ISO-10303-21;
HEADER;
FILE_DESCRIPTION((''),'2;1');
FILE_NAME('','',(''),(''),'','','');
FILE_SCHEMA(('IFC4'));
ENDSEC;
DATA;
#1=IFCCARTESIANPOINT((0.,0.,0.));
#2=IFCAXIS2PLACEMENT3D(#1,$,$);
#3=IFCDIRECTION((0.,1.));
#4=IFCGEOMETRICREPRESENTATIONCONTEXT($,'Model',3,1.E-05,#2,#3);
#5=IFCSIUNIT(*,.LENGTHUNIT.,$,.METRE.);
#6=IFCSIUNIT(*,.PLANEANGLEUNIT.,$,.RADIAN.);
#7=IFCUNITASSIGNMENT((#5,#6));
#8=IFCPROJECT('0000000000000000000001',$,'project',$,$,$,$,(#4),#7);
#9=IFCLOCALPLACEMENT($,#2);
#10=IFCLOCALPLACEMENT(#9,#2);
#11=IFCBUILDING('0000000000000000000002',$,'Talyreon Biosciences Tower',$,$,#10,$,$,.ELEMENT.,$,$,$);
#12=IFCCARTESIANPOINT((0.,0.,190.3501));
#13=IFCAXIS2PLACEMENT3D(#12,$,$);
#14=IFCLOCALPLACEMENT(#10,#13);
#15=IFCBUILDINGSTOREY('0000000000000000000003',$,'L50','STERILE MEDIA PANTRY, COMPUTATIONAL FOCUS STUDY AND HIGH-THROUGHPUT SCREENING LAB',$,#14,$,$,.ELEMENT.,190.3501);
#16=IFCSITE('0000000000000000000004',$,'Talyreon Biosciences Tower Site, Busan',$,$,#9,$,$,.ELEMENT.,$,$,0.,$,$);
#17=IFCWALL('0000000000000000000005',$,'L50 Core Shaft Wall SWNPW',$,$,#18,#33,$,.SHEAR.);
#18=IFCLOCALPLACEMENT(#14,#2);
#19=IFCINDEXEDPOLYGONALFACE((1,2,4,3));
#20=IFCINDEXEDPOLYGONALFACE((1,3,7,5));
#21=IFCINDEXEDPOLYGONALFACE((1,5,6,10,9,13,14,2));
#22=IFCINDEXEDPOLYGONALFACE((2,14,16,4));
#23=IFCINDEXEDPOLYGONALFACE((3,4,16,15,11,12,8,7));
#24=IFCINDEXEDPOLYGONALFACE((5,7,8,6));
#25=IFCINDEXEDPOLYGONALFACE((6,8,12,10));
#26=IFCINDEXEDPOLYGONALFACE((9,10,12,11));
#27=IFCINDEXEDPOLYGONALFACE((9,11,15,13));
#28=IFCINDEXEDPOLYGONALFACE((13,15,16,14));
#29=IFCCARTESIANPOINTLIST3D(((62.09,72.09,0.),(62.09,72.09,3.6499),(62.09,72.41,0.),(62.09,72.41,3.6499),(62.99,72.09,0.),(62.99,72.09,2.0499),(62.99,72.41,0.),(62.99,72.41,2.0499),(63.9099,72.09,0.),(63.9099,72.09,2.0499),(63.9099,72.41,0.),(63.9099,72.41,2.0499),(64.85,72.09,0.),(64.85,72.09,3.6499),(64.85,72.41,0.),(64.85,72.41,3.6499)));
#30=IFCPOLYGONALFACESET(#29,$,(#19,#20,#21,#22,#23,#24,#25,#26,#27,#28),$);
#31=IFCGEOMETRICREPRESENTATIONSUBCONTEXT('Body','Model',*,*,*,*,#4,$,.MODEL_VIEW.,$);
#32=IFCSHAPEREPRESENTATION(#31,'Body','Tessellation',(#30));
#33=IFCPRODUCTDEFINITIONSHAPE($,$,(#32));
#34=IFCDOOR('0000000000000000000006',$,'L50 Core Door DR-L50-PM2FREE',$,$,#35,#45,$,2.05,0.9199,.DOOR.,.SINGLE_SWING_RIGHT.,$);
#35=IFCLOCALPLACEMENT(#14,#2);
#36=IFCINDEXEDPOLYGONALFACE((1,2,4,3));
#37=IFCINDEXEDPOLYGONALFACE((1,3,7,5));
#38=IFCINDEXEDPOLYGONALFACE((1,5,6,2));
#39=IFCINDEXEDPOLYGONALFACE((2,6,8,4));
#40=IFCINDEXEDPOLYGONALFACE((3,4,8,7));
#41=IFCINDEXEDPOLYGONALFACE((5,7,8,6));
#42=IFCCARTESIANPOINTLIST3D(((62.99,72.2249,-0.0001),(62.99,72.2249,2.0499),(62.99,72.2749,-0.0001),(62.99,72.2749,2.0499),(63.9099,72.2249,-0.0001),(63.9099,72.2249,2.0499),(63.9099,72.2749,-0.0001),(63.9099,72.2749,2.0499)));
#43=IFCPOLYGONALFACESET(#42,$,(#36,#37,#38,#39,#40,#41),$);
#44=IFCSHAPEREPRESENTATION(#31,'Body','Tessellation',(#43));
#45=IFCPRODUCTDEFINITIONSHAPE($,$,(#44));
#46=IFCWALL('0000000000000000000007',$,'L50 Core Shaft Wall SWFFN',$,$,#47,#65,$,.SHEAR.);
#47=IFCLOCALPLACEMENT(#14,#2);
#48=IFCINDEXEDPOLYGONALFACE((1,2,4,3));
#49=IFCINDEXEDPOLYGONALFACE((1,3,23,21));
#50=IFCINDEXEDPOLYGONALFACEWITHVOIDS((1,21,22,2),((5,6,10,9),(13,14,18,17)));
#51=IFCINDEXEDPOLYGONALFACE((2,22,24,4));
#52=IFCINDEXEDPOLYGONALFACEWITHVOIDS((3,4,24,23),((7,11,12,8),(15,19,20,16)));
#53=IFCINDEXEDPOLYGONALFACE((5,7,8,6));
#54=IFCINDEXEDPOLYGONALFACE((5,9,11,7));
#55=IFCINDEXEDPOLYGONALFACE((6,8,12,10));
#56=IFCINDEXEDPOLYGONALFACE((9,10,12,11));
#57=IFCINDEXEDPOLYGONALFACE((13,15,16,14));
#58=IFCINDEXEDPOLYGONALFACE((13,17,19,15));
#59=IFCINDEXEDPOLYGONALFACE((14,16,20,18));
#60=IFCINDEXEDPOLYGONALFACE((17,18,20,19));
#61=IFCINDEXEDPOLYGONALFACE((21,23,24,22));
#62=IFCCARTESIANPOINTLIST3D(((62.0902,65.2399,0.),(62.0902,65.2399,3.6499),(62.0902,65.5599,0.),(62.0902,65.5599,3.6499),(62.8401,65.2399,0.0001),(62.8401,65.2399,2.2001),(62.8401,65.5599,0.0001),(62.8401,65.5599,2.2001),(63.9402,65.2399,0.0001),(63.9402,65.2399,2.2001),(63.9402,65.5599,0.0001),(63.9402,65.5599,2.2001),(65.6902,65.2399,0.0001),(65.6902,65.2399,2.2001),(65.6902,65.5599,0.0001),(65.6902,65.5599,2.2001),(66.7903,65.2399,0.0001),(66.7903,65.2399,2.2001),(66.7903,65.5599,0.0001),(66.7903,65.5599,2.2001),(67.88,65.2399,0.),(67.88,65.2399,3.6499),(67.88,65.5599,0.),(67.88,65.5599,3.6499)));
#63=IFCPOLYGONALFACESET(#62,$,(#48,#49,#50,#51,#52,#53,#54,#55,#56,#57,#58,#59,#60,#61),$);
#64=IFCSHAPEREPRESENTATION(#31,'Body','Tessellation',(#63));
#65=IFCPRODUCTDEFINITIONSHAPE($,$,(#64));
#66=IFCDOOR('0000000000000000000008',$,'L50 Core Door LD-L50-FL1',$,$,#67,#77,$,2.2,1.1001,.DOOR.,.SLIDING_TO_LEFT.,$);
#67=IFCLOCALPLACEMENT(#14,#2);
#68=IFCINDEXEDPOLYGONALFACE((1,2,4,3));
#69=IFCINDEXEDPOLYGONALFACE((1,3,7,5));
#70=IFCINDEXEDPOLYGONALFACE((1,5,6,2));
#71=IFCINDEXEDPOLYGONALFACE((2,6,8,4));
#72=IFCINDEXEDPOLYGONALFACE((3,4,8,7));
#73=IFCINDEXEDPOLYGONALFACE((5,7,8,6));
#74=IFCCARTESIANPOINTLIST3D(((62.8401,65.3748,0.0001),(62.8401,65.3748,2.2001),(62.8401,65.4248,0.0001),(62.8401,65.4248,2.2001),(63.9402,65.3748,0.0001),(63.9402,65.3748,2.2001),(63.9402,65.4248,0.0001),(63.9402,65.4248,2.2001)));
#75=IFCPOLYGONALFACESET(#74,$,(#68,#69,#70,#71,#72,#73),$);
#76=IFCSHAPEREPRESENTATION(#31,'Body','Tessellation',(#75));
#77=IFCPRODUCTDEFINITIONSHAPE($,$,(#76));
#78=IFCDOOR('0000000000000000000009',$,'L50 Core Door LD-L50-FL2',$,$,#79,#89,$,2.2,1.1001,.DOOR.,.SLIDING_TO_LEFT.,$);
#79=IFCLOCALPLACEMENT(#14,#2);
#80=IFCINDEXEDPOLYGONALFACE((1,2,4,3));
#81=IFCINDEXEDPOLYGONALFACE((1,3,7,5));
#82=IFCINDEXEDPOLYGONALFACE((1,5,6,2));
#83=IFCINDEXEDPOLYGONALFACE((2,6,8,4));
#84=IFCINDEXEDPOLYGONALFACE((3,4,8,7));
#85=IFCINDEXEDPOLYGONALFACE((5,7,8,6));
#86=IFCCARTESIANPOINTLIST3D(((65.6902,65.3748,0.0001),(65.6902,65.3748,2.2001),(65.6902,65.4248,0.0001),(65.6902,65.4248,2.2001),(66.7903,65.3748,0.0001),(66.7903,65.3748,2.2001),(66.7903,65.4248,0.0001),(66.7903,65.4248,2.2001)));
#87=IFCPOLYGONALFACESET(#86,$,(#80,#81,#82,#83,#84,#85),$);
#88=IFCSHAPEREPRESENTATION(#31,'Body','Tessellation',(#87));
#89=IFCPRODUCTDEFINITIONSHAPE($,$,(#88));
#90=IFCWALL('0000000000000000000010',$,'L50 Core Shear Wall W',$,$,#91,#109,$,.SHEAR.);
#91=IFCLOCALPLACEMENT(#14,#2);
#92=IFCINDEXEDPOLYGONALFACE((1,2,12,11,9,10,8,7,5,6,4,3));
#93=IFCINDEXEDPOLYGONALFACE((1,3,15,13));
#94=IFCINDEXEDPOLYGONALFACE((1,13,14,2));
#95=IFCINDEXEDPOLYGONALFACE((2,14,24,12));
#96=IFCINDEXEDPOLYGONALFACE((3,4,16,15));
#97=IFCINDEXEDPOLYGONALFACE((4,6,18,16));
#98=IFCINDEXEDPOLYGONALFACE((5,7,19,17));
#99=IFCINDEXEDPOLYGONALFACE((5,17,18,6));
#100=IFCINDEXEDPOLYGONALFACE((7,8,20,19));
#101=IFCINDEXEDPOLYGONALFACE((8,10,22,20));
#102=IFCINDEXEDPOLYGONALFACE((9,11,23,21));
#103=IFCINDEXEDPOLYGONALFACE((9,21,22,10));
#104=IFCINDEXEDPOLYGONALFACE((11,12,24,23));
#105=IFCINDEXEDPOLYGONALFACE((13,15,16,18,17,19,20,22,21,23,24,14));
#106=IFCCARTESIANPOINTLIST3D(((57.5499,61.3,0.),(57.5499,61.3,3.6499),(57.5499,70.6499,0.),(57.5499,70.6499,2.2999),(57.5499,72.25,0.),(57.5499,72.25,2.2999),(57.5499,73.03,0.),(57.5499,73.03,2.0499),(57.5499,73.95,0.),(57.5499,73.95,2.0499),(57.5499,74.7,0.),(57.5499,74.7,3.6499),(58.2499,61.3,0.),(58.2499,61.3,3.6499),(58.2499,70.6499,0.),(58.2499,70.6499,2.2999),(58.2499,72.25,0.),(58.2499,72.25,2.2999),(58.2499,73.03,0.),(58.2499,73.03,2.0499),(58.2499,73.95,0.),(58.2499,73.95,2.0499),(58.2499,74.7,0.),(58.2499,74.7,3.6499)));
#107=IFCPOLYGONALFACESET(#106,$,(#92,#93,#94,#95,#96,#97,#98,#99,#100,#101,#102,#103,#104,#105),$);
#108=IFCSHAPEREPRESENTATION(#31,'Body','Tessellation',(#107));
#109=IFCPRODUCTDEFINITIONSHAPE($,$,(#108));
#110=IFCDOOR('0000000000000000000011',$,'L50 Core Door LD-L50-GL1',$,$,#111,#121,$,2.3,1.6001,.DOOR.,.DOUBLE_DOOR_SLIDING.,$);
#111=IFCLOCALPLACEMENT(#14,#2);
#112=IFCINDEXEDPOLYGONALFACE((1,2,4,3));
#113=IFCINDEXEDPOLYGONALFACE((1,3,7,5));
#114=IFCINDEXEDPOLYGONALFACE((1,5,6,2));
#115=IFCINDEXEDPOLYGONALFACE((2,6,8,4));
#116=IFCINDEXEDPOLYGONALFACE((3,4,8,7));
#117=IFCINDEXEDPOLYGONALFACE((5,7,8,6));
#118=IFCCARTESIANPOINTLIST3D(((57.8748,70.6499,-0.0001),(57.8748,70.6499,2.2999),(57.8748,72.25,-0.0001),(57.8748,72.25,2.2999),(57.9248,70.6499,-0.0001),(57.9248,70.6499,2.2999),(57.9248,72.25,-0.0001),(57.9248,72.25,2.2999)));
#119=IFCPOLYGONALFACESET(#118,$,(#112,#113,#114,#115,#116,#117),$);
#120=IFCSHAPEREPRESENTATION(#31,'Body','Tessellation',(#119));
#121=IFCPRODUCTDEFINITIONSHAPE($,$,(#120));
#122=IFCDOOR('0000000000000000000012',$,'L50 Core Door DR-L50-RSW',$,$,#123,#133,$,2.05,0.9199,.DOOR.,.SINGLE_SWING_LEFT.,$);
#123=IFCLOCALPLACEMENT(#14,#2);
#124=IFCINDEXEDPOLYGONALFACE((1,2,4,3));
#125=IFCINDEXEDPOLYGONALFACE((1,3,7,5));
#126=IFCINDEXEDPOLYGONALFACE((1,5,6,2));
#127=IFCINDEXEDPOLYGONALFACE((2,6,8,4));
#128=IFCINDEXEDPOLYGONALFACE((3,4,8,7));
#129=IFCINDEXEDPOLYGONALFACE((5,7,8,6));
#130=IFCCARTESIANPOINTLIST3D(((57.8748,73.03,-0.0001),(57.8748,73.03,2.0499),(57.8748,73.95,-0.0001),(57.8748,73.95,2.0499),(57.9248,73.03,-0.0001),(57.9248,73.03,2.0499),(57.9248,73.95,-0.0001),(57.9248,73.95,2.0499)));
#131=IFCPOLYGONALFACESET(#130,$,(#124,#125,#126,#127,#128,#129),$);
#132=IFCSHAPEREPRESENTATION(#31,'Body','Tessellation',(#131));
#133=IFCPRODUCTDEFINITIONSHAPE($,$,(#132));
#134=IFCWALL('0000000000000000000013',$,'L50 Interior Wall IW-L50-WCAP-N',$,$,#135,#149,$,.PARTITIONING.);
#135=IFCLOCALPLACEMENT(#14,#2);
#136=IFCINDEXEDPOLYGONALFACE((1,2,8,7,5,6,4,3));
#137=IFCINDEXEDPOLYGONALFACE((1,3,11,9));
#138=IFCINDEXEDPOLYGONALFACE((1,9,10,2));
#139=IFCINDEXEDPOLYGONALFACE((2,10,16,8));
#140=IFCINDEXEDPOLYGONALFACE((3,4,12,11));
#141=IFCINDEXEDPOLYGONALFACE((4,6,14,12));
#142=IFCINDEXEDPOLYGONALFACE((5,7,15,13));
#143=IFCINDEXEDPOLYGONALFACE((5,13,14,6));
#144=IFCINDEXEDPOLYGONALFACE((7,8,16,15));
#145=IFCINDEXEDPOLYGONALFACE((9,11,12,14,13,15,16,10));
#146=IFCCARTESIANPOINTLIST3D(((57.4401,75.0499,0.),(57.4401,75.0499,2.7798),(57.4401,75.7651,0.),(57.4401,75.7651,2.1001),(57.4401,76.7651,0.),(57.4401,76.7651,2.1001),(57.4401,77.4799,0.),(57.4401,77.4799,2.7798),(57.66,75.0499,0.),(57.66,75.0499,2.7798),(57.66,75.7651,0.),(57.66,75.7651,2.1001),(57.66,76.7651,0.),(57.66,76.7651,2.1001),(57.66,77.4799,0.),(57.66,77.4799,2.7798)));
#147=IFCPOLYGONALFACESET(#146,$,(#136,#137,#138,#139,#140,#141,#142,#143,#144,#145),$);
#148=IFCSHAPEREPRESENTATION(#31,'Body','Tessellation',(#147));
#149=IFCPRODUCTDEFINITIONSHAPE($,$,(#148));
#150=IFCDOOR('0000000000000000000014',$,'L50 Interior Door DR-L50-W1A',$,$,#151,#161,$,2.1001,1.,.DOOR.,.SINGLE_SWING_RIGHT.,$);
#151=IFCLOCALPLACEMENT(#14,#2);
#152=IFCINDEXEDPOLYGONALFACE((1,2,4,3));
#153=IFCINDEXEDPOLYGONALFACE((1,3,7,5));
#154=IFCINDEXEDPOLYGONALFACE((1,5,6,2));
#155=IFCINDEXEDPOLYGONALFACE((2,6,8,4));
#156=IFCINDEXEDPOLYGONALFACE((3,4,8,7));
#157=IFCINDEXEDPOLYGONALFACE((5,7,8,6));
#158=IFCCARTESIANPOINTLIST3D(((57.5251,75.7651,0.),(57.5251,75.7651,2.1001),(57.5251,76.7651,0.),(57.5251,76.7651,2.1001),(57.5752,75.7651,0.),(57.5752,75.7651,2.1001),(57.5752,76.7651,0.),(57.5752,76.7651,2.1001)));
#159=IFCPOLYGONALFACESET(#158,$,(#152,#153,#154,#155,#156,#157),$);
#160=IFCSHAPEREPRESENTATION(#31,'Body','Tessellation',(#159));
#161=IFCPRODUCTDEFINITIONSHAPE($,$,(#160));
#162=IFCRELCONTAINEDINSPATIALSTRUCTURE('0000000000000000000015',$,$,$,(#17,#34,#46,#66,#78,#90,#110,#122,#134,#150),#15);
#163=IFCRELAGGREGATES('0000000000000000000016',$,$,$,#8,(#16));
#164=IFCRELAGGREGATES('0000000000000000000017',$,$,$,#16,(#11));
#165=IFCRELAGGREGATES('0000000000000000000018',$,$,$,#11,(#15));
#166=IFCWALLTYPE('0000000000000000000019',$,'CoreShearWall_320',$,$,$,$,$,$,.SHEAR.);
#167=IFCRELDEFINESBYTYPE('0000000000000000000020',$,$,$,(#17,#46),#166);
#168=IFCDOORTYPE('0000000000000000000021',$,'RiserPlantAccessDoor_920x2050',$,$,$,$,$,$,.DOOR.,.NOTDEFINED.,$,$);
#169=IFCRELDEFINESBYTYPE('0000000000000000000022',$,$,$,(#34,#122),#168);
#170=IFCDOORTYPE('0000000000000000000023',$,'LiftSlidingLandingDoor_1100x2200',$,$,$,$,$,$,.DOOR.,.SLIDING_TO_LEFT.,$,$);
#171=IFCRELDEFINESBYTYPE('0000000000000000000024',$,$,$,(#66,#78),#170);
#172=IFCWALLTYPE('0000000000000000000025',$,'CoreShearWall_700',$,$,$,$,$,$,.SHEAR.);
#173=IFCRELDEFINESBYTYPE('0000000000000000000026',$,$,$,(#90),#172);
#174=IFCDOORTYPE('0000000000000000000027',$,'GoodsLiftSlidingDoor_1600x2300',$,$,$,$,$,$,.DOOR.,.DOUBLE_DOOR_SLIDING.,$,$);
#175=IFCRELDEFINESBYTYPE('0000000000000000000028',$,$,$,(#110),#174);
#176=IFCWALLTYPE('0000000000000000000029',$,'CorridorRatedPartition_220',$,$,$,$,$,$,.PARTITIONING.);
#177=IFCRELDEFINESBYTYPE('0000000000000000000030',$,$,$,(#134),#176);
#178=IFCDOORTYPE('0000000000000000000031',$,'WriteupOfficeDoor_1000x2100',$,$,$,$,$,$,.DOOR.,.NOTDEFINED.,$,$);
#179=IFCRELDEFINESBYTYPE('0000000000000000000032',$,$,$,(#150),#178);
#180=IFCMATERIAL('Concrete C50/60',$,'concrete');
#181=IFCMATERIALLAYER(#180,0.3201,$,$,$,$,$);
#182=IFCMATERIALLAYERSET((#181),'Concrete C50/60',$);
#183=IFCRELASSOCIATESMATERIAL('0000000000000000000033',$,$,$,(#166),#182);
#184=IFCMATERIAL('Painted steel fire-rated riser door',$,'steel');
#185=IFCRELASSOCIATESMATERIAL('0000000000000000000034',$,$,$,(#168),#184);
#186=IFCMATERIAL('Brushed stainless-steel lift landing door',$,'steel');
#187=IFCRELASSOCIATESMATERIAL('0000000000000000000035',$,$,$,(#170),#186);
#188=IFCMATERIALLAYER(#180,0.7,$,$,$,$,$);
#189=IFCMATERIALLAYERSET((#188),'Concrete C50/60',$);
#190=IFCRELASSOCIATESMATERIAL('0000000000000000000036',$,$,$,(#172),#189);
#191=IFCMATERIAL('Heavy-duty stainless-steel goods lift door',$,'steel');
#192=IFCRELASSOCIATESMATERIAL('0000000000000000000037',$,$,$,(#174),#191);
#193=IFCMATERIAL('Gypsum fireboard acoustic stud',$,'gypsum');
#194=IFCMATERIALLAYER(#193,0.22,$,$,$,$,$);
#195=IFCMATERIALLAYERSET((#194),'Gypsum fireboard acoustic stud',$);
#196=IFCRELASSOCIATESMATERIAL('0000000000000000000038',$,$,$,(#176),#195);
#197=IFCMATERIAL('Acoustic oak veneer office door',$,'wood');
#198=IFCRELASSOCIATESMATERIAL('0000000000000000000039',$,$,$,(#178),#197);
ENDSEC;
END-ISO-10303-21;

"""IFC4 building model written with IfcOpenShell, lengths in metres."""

from ifc_helpers import new_model, si_unit, direction, frame, frame_2d, origin, place, context, subcontext, project, spatial, rectangle, extrude, material, layer, layer_set, type_object, element, fill, save


model = new_model("IFC4")

# Units and contexts
model_context = context("Model", 3, precision=1e-05, world=origin(), true_north=direction((0.0, 1.0)))
body_context = subcontext(model_context, "Body", "Model", "MODEL_VIEW")
ifc_project = project(units=[si_unit("LENGTHUNIT", "METRE"), si_unit("PLANEANGLEUNIT", "RADIAN")], contexts=[model_context])

# Site, building, storey
site_placement = place(None, origin())
site = spatial("IfcSite", under=ifc_project, at=site_placement, Name="Talyreon Biosciences Tower Site, Busan", CompositionType="ELEMENT", RefElevation=0.0)
building_placement = place(site_placement, origin())
building = spatial("IfcBuilding", under=site, at=building_placement, Name="Talyreon Biosciences Tower", CompositionType="ELEMENT")
storey_placement = place(building_placement, frame((0.0, 0.0, 190.3501)))
storey = spatial("IfcBuildingStorey", under=building, at=storey_placement, Name="L50", Description="STERILE MEDIA PANTRY, COMPUTATIONAL FOCUS STUDY AND HIGH-THROUGHPUT SCREENING LAB", CompositionType="ELEMENT", Elevation=190.3501)

# Shared definitions
ifc_material_1 = material(Name="Concrete C50/60", Category="concrete")

# Shared definitions
ifc_layer_1 = layer(ifc_material_1, 0.3201)
ifc_layer_set_1 = layer_set([ifc_layer_1], Name="Concrete C50/60")
wall_type_1 = type_object("IfcWallType", Name="CoreShearWall_320", PredefinedType="SHEAR", material=ifc_layer_set_1)

# Wall, opening, door
wall_1_placement = place(storey_placement, frame((62.0901, 72.25, 0.0), z_axis=(0.0, 0.0, 1.0), x_axis=(1.0, 0.0, 0.0)))
wall_1 = element("IfcWall", 1, at=wall_1_placement, inside=storey, type_object=wall_type_1, Name="L50 Core Shaft Wall SWNPW", PredefinedType="SHEAR", context=body_context, shape_type="SweptSolid", body=[
    extrude(rectangle(XDim=2.76, YDim=0.3201, at=frame_2d((1.3799, 0.0))), origin(), (0.0, 0.0, 1.0), 3.6499),
])
opening_1_placement = place(wall_1_placement, frame((0.8999, 0.0, 0.0)))
opening_1 = element("IfcOpeningElement", 2, at=opening_1_placement, cuts=wall_1, PredefinedType="OPENING", context=body_context, shape_type="SweptSolid", body=[
    extrude(rectangle(XDim=0.9199, YDim=2.05, at=frame_2d((0.46, 1.0249))), frame((0.0, 0.1699, 0.0), z_axis=(0.0, -1.0, 0.0), x_axis=(1.0, 0.0, 0.0)), (0.0, 0.0, 1.0), 0.3401),
])
ifc_material_2 = material(Name="Painted steel fire-rated riser door", Category="steel")
door_type_1 = type_object("IfcDoorType", Name="RiserPlantAccessDoor_920x2050", OperationType="NOTDEFINED", PredefinedType="DOOR", material=ifc_material_2)
door_1_placement = place(opening_1_placement, origin())
door_1 = element("IfcDoor", 3, at=door_1_placement, inside=storey, type_object=door_type_1, Name="L50 Core Door DR-L50-PM2FREE", OperationType="SINGLE_SWING_RIGHT", OverallHeight=2.05, OverallWidth=0.9199, PredefinedType="DOOR", context=body_context, shape_type="SweptSolid", body=[
    extrude(rectangle(XDim=0.9199, YDim=2.05, at=frame_2d((0.46, 1.0249))), frame((0.0, 0.0249, 0.0), z_axis=(0.0, -1.0, 0.0), x_axis=(1.0, 0.0, 0.0)), (0.0, 0.0, 1.0), 0.05),
])
fill(opening_1, door_1)

# Walls, openings, doors
wall_2_placement = place(storey_placement, frame((62.0901, 65.3999, 0.0), z_axis=(0.0, 0.0, 1.0), x_axis=(1.0, 0.0, 0.0)))
wall_2 = element("IfcWall", 4, at=wall_2_placement, inside=storey, type_object=wall_type_1, Name="L50 Core Shaft Wall SWFFN", PredefinedType="SHEAR", context=body_context, shape_type="SweptSolid", body=[
    extrude(rectangle(XDim=5.7898, YDim=0.3201, at=frame_2d((2.895, 0.0))), origin(), (0.0, 0.0, 1.0), 3.6499),
])
opening_2_placement = place(wall_2_placement, frame((0.75, 0.0, 0.0)))
opening_2 = element("IfcOpeningElement", 5, at=opening_2_placement, cuts=wall_2, PredefinedType="OPENING", context=body_context, shape_type="SweptSolid", body=[
    extrude(rectangle(XDim=1.1001, YDim=2.2, at=frame_2d((0.55, 1.1001))), frame((0.0, 0.1699, 0.0), z_axis=(0.0, -1.0, 0.0), x_axis=(1.0, 0.0, 0.0)), (0.0, 0.0, 1.0), 0.3401),
])
opening_3_placement = place(wall_2_placement, frame((3.6001, 0.0, 0.0)))
opening_3 = element("IfcOpeningElement", 6, at=opening_3_placement, cuts=wall_2, PredefinedType="OPENING", context=body_context, shape_type="SweptSolid", body=[
    extrude(rectangle(XDim=1.1001, YDim=2.2, at=frame_2d((0.55, 1.1001))), frame((0.0, 0.1699, 0.0), z_axis=(0.0, -1.0, 0.0), x_axis=(1.0, 0.0, 0.0)), (0.0, 0.0, 1.0), 0.3401),
])
ifc_material_3 = material(Name="Brushed stainless-steel lift landing door", Category="steel")
door_type_2 = type_object("IfcDoorType", Name="LiftSlidingLandingDoor_1100x2200", OperationType="SLIDING_TO_LEFT", PredefinedType="DOOR", material=ifc_material_3)
door_2_placement = place(opening_2_placement, origin())
door_2 = element("IfcDoor", 7, at=door_2_placement, inside=storey, type_object=door_type_2, Name="L50 Core Door LD-L50-FL1", OperationType="SLIDING_TO_LEFT", OverallHeight=2.2, OverallWidth=1.1001, PredefinedType="DOOR", context=body_context, shape_type="SweptSolid", body=[
    extrude(rectangle(XDim=1.1001, YDim=2.2, at=frame_2d((0.55, 1.1001))), frame((0.0, 0.0249, 0.0), z_axis=(0.0, -1.0, 0.0), x_axis=(1.0, 0.0, 0.0)), (0.0, 0.0, 1.0), 0.05),
])
fill(opening_2, door_2)
door_3_placement = place(opening_3_placement, origin())
door_3 = element("IfcDoor", 8, at=door_3_placement, inside=storey, type_object=door_type_2, Name="L50 Core Door LD-L50-FL2", OperationType="SLIDING_TO_LEFT", OverallHeight=2.2, OverallWidth=1.1001, PredefinedType="DOOR", context=body_context, shape_type="SweptSolid", body=[
    extrude(rectangle(XDim=1.1001, YDim=2.2, at=frame_2d((0.55, 1.1001))), frame((0.0, 0.0249, 0.0), z_axis=(0.0, -1.0, 0.0), x_axis=(1.0, 0.0, 0.0)), (0.0, 0.0, 1.0), 0.05),
])
fill(opening_3, door_3)
ifc_layer_2 = layer(ifc_material_1, 0.7)
ifc_layer_set_2 = layer_set([ifc_layer_2], Name="Concrete C50/60")
wall_type_2 = type_object("IfcWallType", Name="CoreShearWall_700", PredefinedType="SHEAR", material=ifc_layer_set_2)
wall_3_placement = place(storey_placement, frame((57.8999, 74.7, 0.0), z_axis=(0.0, 0.0, 1.0), x_axis=(0.0, -1.0, 0.0)))
wall_3 = element("IfcWall", 9, at=wall_3_placement, inside=storey, type_object=wall_type_2, Name="L50 Core Shear Wall W", PredefinedType="SHEAR", context=body_context, shape_type="SweptSolid", body=[
    extrude(rectangle(XDim=13.3999, YDim=0.7, at=frame_2d((6.7, 0.0))), origin(), (0.0, 0.0, 1.0), 3.6499),
])
opening_4_placement = place(wall_3_placement, frame((0.75, 0.0, 0.0)))
opening_4 = element("IfcOpeningElement", 10, at=opening_4_placement, cuts=wall_3, PredefinedType="OPENING", context=body_context, shape_type="SweptSolid", body=[
    extrude(rectangle(XDim=0.9199, YDim=2.05, at=frame_2d((0.46, 1.0249))), frame((0.0, 0.3599, 0.0), z_axis=(0.0, -1.0, 0.0), x_axis=(1.0, 0.0, 0.0)), (0.0, 0.0, 1.0), 0.72),
])
opening_5_placement = place(wall_3_placement, frame((2.45, 0.0, 0.0)))
opening_5 = element("IfcOpeningElement", 11, at=opening_5_placement, cuts=wall_3, PredefinedType="OPENING", context=body_context, shape_type="SweptSolid", body=[
    extrude(rectangle(XDim=1.6001, YDim=2.3, at=frame_2d((0.8, 1.1499))), frame((0.0, 0.3599, 0.0), z_axis=(0.0, -1.0, 0.0), x_axis=(1.0, 0.0, 0.0)), (0.0, 0.0, 1.0), 0.72),
])
ifc_material_4 = material(Name="Heavy-duty stainless-steel goods lift door", Category="steel")
door_type_3 = type_object("IfcDoorType", Name="GoodsLiftSlidingDoor_1600x2300", OperationType="DOUBLE_DOOR_SLIDING", PredefinedType="DOOR", material=ifc_material_4)
door_4_placement = place(opening_5_placement, origin())
door_4 = element("IfcDoor", 12, at=door_4_placement, inside=storey, type_object=door_type_3, Name="L50 Core Door LD-L50-GL1", OperationType="DOUBLE_DOOR_SLIDING", OverallHeight=2.3, OverallWidth=1.6001, PredefinedType="DOOR", context=body_context, shape_type="SweptSolid", body=[
    extrude(rectangle(XDim=1.6001, YDim=2.3, at=frame_2d((0.8, 1.1499))), frame((0.0, 0.0249, 0.0), z_axis=(0.0, -1.0, 0.0), x_axis=(1.0, 0.0, 0.0)), (0.0, 0.0, 1.0), 0.05),
])
fill(opening_5, door_4)
door_5_placement = place(opening_4_placement, origin())
door_5 = element("IfcDoor", 13, at=door_5_placement, inside=storey, type_object=door_type_1, Name="L50 Core Door DR-L50-RSW", OperationType="SINGLE_SWING_LEFT", OverallHeight=2.05, OverallWidth=0.9199, PredefinedType="DOOR", context=body_context, shape_type="SweptSolid", body=[
    extrude(rectangle(XDim=0.9199, YDim=2.05, at=frame_2d((0.46, 1.0249))), frame((0.0, 0.0249, 0.0), z_axis=(0.0, -1.0, 0.0), x_axis=(1.0, 0.0, 0.0)), (0.0, 0.0, 1.0), 0.05),
])
fill(opening_4, door_5)

# Wall, opening, door
ifc_material_5 = material(Name="Gypsum fireboard acoustic stud", Category="gypsum")
ifc_layer_3 = layer(ifc_material_5, 0.22)
ifc_layer_set_3 = layer_set([ifc_layer_3], Name="Gypsum fireboard acoustic stud")
wall_type_3 = type_object("IfcWallType", Name="CorridorRatedPartition_220", PredefinedType="PARTITIONING", material=ifc_layer_set_3)
wall_4_placement = place(storey_placement, frame((57.55, 75.05, 0.0), z_axis=(0.0, 0.0, 1.0), x_axis=(0.0, 1.0, 0.0)))
wall_4 = element("IfcWall", 14, at=wall_4_placement, inside=storey, type_object=wall_type_3, Name="L50 Interior Wall IW-L50-WCAP-N", PredefinedType="PARTITIONING", context=body_context, shape_type="SweptSolid", body=[
    extrude(rectangle(XDim=2.4299, YDim=0.22, at=frame_2d((1.2148, 0.0))), origin(), (0.0, 0.0, 1.0), 2.7798),
])
opening_6_placement = place(wall_4_placement, frame((0.7151, 0.0, 0.0)))
opening_6 = element("IfcOpeningElement", 15, at=opening_6_placement, cuts=wall_4, PredefinedType="OPENING", context=body_context, shape_type="SweptSolid", body=[
    extrude(rectangle(XDim=1.0, YDim=2.1001, at=frame_2d((0.5, 1.05))), frame((0.0, 0.1199, 0.0), z_axis=(0.0, -1.0, 0.0), x_axis=(1.0, 0.0, 0.0)), (0.0, 0.0, 1.0), 0.24),
])
ifc_material_6 = material(Name="Acoustic oak veneer office door", Category="wood")
door_type_4 = type_object("IfcDoorType", Name="WriteupOfficeDoor_1000x2100", OperationType="NOTDEFINED", PredefinedType="DOOR", material=ifc_material_6)
door_6_placement = place(opening_6_placement, origin())
door_6 = element("IfcDoor", 16, at=door_6_placement, inside=storey, type_object=door_type_4, Name="L50 Interior Door DR-L50-W1A", OperationType="SINGLE_SWING_RIGHT", OverallHeight=2.1001, OverallWidth=1.0, PredefinedType="DOOR", context=body_context, shape_type="SweptSolid", body=[
    extrude(rectangle(XDim=1.0, YDim=2.1001, at=frame_2d((0.5, 1.05))), frame((0.0, 0.0249, 0.0), z_axis=(0.0, -1.0, 0.0), x_axis=(1.0, 0.0, 0.0)), (0.0, 0.0, 1.0), 0.05),
])
fill(opening_6, door_6)

save(model, "model.ifc")
